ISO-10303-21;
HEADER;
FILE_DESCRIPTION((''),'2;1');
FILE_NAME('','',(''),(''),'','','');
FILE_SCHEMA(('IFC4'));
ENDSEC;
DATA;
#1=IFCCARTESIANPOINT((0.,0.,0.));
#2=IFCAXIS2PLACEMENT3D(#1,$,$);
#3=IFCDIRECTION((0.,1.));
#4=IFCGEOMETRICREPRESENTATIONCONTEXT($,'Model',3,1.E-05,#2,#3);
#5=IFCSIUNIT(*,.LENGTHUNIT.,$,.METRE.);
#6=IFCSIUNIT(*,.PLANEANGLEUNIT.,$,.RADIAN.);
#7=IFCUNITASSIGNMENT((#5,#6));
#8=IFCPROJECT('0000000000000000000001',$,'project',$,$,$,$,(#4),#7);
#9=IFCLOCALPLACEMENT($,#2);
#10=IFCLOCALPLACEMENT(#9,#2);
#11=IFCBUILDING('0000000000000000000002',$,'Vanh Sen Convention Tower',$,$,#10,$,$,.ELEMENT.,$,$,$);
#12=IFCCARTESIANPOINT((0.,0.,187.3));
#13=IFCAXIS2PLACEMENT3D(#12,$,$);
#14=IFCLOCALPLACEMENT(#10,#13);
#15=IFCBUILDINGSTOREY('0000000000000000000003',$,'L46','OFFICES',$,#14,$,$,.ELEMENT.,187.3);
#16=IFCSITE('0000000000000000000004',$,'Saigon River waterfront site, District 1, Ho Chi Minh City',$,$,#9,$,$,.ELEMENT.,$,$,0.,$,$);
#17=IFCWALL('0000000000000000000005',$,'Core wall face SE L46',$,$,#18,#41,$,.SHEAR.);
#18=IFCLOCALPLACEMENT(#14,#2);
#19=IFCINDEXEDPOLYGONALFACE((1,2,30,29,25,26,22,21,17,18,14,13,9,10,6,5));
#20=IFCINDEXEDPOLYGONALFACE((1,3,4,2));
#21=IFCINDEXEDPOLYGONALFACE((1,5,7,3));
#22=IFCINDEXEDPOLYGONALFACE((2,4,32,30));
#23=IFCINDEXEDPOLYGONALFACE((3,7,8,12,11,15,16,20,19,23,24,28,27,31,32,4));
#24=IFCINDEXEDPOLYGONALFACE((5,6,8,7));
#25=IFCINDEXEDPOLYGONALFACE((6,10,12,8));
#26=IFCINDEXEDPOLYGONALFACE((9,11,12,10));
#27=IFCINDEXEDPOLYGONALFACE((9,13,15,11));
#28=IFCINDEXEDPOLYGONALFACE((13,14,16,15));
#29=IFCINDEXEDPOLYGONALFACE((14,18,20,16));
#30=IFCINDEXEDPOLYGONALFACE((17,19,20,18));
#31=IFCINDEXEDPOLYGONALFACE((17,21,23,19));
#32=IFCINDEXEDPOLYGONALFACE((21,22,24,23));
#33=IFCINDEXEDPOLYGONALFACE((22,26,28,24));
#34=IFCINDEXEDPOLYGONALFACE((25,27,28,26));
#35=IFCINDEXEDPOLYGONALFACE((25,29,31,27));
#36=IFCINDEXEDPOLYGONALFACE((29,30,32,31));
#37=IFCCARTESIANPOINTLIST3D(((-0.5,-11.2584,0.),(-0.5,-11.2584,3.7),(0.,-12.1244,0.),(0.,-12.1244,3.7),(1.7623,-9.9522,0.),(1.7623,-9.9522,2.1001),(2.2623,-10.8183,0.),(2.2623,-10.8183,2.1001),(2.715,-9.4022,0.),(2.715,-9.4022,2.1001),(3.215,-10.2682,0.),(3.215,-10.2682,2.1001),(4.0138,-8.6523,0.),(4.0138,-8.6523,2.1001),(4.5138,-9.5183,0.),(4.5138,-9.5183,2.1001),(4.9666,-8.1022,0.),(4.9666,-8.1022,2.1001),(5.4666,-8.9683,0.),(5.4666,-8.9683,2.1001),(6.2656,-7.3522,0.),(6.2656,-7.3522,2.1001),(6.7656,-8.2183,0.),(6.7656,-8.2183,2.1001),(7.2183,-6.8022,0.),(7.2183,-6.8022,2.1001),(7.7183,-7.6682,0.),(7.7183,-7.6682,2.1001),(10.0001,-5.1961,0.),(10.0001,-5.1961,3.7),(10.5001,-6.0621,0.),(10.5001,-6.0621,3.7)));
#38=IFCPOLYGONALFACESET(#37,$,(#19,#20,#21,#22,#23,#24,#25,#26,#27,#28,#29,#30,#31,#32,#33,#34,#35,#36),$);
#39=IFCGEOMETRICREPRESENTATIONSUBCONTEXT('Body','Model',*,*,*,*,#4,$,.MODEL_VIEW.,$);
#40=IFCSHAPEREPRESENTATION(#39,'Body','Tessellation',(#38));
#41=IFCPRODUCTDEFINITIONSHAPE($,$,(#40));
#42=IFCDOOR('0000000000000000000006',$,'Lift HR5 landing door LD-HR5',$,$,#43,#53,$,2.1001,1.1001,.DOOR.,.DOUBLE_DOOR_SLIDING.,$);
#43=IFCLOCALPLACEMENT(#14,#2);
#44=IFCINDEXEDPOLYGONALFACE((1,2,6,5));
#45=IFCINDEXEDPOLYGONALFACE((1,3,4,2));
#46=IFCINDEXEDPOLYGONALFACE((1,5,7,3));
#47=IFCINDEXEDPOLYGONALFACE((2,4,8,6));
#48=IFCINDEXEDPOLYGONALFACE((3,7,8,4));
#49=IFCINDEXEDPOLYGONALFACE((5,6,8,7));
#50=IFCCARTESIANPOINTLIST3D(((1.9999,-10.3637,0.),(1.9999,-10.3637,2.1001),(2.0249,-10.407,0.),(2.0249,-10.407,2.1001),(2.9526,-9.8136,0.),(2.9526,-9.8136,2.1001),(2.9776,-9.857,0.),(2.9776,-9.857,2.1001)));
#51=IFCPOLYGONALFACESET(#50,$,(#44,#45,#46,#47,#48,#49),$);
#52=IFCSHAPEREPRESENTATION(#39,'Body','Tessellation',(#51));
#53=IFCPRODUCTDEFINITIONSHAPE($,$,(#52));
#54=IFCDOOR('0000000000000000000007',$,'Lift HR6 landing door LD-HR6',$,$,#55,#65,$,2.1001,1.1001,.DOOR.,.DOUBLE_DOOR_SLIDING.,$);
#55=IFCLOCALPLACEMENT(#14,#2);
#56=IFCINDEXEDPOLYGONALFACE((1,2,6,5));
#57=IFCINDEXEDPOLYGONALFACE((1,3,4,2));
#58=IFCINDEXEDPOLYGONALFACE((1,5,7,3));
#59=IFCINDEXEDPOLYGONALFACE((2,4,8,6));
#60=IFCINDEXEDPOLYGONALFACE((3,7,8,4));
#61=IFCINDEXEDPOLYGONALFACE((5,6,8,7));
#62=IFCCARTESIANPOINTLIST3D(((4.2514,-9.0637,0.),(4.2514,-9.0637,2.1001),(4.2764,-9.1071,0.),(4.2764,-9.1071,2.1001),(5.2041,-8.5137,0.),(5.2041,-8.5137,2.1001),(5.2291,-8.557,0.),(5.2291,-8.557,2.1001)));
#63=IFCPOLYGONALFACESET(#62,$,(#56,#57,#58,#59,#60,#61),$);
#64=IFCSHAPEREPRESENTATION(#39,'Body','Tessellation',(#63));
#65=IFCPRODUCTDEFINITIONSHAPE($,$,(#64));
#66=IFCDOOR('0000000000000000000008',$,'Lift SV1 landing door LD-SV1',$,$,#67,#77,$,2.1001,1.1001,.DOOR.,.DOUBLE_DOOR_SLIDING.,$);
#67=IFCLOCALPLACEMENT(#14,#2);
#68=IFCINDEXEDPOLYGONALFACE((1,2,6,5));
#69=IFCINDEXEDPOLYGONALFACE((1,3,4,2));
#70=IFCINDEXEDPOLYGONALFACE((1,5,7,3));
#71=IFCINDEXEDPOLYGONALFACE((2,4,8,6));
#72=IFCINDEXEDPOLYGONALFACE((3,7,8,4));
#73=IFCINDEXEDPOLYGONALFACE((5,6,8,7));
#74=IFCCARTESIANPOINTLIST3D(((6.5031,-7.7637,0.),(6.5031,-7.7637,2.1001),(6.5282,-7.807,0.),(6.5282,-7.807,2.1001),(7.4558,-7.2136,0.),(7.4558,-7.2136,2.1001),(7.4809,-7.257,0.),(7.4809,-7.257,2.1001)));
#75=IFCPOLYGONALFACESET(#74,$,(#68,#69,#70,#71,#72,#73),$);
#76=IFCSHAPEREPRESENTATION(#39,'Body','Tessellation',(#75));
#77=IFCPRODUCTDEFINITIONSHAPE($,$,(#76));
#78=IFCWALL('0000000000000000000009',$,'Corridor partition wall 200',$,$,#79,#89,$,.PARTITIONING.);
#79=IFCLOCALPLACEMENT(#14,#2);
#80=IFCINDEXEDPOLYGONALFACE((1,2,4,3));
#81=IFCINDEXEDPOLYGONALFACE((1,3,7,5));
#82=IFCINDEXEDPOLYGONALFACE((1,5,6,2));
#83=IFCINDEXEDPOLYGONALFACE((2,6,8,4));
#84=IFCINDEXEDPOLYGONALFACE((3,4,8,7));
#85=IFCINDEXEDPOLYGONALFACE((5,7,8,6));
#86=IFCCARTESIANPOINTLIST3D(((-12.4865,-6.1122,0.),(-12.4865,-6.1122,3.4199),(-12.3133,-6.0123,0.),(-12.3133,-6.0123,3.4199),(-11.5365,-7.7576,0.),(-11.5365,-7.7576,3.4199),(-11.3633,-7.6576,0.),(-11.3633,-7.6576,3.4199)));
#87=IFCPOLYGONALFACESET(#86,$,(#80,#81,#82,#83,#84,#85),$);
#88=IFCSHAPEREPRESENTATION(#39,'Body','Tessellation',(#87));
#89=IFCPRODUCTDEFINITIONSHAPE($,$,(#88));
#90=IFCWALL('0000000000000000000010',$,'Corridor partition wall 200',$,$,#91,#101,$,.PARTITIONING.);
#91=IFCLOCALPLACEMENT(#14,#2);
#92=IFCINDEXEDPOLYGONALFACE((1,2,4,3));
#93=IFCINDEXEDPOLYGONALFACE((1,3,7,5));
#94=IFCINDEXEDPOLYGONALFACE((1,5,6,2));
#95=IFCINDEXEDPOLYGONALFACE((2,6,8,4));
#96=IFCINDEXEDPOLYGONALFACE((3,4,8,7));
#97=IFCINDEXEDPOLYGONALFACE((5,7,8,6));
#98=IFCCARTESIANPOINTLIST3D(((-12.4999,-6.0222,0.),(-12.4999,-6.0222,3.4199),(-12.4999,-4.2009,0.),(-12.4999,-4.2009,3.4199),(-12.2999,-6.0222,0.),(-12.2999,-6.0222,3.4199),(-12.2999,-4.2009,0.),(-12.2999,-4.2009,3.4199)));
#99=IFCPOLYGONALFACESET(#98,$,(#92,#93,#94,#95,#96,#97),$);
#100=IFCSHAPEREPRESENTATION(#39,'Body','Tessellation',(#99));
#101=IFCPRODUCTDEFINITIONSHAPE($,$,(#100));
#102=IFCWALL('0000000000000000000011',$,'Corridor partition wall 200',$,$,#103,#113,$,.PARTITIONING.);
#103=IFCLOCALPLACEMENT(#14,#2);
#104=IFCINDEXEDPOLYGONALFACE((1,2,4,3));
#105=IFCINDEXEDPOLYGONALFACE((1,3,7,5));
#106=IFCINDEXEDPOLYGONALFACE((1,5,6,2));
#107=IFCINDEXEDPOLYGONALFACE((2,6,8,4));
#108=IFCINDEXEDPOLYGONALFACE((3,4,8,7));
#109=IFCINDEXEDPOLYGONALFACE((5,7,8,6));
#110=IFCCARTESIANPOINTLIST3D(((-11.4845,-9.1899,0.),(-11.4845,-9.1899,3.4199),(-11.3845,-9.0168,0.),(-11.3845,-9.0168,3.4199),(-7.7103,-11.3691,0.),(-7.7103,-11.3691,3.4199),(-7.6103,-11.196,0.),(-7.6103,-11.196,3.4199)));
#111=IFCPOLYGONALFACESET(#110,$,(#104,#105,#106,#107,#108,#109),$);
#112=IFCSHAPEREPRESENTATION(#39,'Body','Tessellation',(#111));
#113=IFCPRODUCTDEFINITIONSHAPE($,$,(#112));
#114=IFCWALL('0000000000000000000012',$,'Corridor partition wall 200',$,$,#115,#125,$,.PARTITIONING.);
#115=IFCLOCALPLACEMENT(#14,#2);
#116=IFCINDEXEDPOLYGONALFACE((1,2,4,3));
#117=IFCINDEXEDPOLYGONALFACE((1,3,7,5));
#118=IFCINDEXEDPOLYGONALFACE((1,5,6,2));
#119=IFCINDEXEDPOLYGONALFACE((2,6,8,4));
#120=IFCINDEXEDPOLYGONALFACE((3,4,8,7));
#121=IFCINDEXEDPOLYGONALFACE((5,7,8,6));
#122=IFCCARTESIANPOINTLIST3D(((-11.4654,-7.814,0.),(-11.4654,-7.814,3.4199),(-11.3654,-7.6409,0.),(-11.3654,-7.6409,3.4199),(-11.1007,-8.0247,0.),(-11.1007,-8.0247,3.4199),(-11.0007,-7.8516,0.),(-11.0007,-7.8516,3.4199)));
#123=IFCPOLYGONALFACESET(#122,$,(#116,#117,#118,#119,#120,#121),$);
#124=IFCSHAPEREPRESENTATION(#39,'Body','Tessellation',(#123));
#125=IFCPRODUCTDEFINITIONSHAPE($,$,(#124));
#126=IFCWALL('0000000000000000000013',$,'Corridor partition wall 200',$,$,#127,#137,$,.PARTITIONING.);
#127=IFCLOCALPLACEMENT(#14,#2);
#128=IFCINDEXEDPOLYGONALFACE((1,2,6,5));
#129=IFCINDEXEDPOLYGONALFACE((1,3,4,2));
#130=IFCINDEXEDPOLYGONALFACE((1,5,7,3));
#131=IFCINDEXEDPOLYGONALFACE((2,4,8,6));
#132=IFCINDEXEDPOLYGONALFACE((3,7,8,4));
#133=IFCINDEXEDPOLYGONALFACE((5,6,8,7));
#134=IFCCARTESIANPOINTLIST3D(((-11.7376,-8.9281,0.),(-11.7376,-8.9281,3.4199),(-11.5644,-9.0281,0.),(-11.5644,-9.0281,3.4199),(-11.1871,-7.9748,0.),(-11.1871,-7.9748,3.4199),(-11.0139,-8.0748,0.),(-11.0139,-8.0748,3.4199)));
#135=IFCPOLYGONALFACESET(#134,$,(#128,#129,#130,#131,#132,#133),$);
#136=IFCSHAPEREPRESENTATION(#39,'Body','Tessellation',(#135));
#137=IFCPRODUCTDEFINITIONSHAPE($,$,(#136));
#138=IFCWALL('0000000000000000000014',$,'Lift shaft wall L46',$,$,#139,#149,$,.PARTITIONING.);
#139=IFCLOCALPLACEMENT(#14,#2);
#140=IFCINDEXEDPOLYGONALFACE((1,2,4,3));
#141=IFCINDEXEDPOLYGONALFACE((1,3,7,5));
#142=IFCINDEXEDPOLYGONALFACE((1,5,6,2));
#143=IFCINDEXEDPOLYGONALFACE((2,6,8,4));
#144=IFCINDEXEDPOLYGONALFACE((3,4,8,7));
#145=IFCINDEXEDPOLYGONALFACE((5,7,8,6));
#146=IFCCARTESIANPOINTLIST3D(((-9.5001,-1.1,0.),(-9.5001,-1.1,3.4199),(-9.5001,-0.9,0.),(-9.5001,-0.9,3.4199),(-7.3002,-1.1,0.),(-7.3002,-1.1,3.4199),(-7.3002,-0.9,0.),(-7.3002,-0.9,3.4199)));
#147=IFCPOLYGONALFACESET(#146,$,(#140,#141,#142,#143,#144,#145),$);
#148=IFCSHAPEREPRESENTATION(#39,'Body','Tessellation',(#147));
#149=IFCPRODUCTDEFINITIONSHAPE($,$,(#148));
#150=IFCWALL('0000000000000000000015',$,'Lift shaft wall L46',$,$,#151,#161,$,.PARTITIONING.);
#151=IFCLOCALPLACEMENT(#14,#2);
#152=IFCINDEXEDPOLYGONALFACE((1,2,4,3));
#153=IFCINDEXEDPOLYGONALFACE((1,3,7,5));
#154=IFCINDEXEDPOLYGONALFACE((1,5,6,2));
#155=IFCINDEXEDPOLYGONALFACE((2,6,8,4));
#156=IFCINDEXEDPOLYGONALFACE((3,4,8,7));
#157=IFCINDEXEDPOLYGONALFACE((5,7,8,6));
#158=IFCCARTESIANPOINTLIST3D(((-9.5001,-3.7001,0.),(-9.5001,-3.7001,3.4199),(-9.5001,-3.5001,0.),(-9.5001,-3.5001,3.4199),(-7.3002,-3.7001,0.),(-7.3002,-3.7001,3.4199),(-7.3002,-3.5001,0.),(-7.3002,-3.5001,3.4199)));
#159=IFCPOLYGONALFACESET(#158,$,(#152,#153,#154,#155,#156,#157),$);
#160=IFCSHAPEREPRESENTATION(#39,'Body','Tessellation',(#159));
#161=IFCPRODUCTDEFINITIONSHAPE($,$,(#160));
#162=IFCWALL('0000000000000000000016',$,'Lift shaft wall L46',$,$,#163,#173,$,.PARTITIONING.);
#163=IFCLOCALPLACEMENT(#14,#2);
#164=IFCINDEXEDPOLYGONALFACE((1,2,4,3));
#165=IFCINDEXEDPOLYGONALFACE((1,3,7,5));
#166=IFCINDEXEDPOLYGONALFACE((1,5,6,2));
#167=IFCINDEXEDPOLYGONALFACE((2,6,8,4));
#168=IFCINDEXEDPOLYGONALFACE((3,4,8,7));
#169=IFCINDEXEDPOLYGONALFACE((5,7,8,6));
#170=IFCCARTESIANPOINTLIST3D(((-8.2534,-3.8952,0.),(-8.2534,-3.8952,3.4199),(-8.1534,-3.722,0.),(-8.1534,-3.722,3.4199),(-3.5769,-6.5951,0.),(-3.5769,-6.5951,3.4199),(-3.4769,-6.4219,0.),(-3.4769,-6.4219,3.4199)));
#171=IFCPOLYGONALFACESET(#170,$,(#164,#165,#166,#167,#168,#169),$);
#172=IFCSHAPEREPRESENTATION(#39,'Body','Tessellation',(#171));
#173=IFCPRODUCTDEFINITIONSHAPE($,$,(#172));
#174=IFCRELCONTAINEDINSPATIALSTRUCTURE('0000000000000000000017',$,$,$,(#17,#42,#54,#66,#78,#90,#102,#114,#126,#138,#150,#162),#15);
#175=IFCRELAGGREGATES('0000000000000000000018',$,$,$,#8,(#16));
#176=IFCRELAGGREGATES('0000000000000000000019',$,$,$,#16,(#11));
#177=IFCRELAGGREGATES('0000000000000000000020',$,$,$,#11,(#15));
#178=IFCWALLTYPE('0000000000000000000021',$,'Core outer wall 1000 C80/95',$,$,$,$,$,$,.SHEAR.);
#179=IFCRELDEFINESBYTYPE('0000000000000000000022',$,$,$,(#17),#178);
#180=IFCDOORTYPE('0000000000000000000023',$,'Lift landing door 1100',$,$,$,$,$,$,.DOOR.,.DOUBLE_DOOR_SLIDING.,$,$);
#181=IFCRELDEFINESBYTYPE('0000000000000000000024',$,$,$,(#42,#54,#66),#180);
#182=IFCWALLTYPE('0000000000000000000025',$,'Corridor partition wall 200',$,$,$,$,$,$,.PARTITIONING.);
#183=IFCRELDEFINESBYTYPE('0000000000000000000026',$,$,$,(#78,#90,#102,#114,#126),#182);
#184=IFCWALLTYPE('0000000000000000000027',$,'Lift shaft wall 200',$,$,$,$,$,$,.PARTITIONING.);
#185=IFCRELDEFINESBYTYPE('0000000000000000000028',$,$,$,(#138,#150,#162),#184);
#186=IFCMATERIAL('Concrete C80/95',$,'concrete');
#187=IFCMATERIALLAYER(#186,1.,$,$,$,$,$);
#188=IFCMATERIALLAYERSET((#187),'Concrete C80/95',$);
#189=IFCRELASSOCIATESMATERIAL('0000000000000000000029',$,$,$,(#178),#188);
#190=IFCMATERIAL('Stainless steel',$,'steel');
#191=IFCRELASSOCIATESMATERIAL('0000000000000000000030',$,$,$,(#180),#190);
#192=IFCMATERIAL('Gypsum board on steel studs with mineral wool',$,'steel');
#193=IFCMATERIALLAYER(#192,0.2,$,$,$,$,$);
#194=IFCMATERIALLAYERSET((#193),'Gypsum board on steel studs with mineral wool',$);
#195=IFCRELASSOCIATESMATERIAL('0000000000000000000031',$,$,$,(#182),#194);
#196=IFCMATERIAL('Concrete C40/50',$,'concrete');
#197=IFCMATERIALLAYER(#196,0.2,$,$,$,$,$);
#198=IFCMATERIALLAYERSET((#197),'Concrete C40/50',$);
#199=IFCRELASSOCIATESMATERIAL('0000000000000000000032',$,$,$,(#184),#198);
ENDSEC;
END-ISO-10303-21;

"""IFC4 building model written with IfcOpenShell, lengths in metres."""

from ifc_helpers import new_model, si_unit, direction, frame, frame_2d, origin, place, context, subcontext, project, spatial, rectangle, extrude, material, layer, layer_set, type_object, element, fill, save


model = new_model("IFC4")

# Units and contexts
model_context = context("Model", 3, precision=1e-05, world=origin(), true_north=direction((0.0, 1.0)))
body_context = subcontext(model_context, "Body", "Model", "MODEL_VIEW")
ifc_project = project(units=[si_unit("LENGTHUNIT", "METRE"), si_unit("PLANEANGLEUNIT", "RADIAN")], contexts=[model_context])

# Site, building, storey
site_placement = place(None, origin())
site = spatial("IfcSite", under=ifc_project, at=site_placement, Name="Saigon River waterfront site, District 1, Ho Chi Minh City", CompositionType="ELEMENT", RefElevation=0.0)
building_placement = place(site_placement, origin())
building = spatial("IfcBuilding", under=site, at=building_placement, Name="Vanh Sen Convention Tower", CompositionType="ELEMENT")
storey_placement = place(building_placement, frame((0.0, 0.0, 187.3)))
storey = spatial("IfcBuildingStorey", under=building, at=storey_placement, Name="L46", Description="OFFICES", CompositionType="ELEMENT", Elevation=187.3)

# Shared definitions
ifc_material_1 = material(Name="Concrete C40/50", Category="concrete")

# Wall, openings, doors
ifc_material_2 = material(Name="Concrete C80/95", Category="concrete")
ifc_layer_1 = layer(ifc_material_2, 1.0)
ifc_layer_set_1 = layer_set([ifc_layer_1], Name="Concrete C80/95")
wall_type_1 = type_object("IfcWallType", Name="Core outer wall 1000 C80/95", PredefinedType="SHEAR", material=ifc_layer_set_1)
ifc_material_3 = material(Name="Stainless steel", Category="steel")
door_type_1 = type_object("IfcDoorType", Name="Lift landing door 1100", OperationType="DOUBLE_DOOR_SLIDING", PredefinedType="DOOR", material=ifc_material_3)
wall_1_placement = place(storey_placement, frame((-0.25, -11.6914, 0.0), z_axis=(0.0, 0.0, 1.0), x_axis=(0.866023, 0.500005, 0.0)))
wall_1 = element("IfcWall", 1, at=wall_1_placement, inside=storey, type_object=wall_type_1, Name="Core wall face SE L46", PredefinedType="SHEAR", context=body_context, shape_type="SweptSolid", body=[
    extrude(rectangle(XDim=12.1245, YDim=1.0, at=frame_2d((6.0623, 0.0))), origin(), (0.0, 0.0, 1.0), 3.7),
])
opening_1_placement = place(wall_1_placement, frame((2.6123, 0.0, 0.0)))
opening_1 = element("IfcOpeningElement", 2, at=opening_1_placement, cuts=wall_1, PredefinedType="OPENING", context=body_context, shape_type="SweptSolid", body=[
    extrude(rectangle(XDim=1.1001, YDim=2.1001, at=frame_2d((0.55, 1.05))), frame((0.0, 0.51, 0.0), z_axis=(0.0, -1.0, 0.0), x_axis=(1.0, 0.0, 0.0)), (0.0, 0.0, 1.0), 1.02),
])
opening_2_placement = place(wall_1_placement, frame((5.2122, 0.0, 0.0)))
opening_2 = element("IfcOpeningElement", 3, at=opening_2_placement, cuts=wall_1, PredefinedType="OPENING", context=body_context, shape_type="SweptSolid", body=[
    extrude(rectangle(XDim=1.1001, YDim=2.1001, at=frame_2d((0.55, 1.05))), frame((0.0, 0.51, 0.0), z_axis=(0.0, -1.0, 0.0), x_axis=(1.0, 0.0, 0.0)), (0.0, 0.0, 1.0), 1.02),
])
opening_3_placement = place(wall_1_placement, frame((7.8123, 0.0, 0.0)))
opening_3 = element("IfcOpeningElement", 4, at=opening_3_placement, cuts=wall_1, PredefinedType="OPENING", context=body_context, shape_type="SweptSolid", body=[
    extrude(rectangle(XDim=1.1001, YDim=2.1001, at=frame_2d((0.55, 1.05))), frame((0.0, 0.51, 0.0), z_axis=(0.0, -1.0, 0.0), x_axis=(1.0, 0.0, 0.0)), (0.0, 0.0, 1.0), 1.02),
])
door_1_placement = place(opening_1_placement, origin())
door_1 = element("IfcDoor", 5, at=door_1_placement, inside=storey, type_object=door_type_1, Name="Lift HR5 landing door LD-HR5", OperationType="DOUBLE_DOOR_SLIDING", OverallHeight=2.1001, OverallWidth=1.1001, PredefinedType="DOOR", context=body_context, shape_type="SweptSolid", body=[
    extrude(rectangle(XDim=1.1001, YDim=2.1001, at=frame_2d((0.55, 1.05))), frame((0.0, 0.0249, 0.0), z_axis=(0.0, -1.0, 0.0), x_axis=(1.0, 0.0, 0.0)), (0.0, 0.0, 1.0), 0.05),
])
fill(opening_1, door_1)
door_2_placement = place(opening_2_placement, origin())
door_2 = element("IfcDoor", 6, at=door_2_placement, inside=storey, type_object=door_type_1, Name="Lift HR6 landing door LD-HR6", OperationType="DOUBLE_DOOR_SLIDING", OverallHeight=2.1001, OverallWidth=1.1001, PredefinedType="DOOR", context=body_context, shape_type="SweptSolid", body=[
    extrude(rectangle(XDim=1.1001, YDim=2.1001, at=frame_2d((0.55, 1.05))), frame((0.0, 0.0249, 0.0), z_axis=(0.0, -1.0, 0.0), x_axis=(1.0, 0.0, 0.0)), (0.0, 0.0, 1.0), 0.05),
])
fill(opening_2, door_2)
door_3_placement = place(opening_3_placement, origin())
door_3 = element("IfcDoor", 7, at=door_3_placement, inside=storey, type_object=door_type_1, Name="Lift SV1 landing door LD-SV1", OperationType="DOUBLE_DOOR_SLIDING", OverallHeight=2.1001, OverallWidth=1.1001, PredefinedType="DOOR", context=body_context, shape_type="SweptSolid", body=[
    extrude(rectangle(XDim=1.1001, YDim=2.1001, at=frame_2d((0.55, 1.05))), frame((0.0, 0.0249, 0.0), z_axis=(0.0, -1.0, 0.0), x_axis=(1.0, 0.0, 0.0)), (0.0, 0.0, 1.0), 0.05),
])
fill(opening_3, door_3)

# Walls
ifc_material_4 = material(Name="Gypsum board on steel studs with mineral wool", Category="steel")
ifc_layer_2 = layer(ifc_material_4, 0.2)
ifc_layer_set_2 = layer_set([ifc_layer_2], Name="Gypsum board on steel studs with mineral wool")
wall_type_2 = type_object("IfcWallType", Name="Corridor partition wall 200", PredefinedType="PARTITIONING", material=ifc_layer_set_2)
wall_2_placement = place(storey_placement, frame((-12.3999, -6.0623, 0.0), z_axis=(0.0, 0.0, 1.0), x_axis=(0.500023, -0.866012, 0.0)))
element("IfcWall", 8, at=wall_2_placement, inside=storey, type_object=wall_type_2, Name="Corridor partition wall 200", PredefinedType="PARTITIONING", context=body_context, shape_type="SweptSolid", body=[
    extrude(rectangle(XDim=1.8999, YDim=0.2, at=frame_2d((0.95, 0.0))), origin(), (0.0, 0.0, 1.0), 3.4199),
])
wall_3_placement = place(storey_placement, frame((-12.3999, -4.2009, 0.0), z_axis=(0.0, 0.0, 1.0), x_axis=(0.0, -1.0, 0.0)))
element("IfcWall", 9, at=wall_3_placement, inside=storey, type_object=wall_type_2, Name="Corridor partition wall 200", PredefinedType="PARTITIONING", context=body_context, shape_type="SweptSolid", body=[
    extrude(rectangle(XDim=1.8213, YDim=0.2, at=frame_2d((0.9106, 0.0))), origin(), (0.0, 0.0, 1.0), 3.4199),
])
wall_4_placement = place(storey_placement, frame((-11.4346, -9.1033, 0.0), z_axis=(0.0, 0.0, 1.0), x_axis=(0.866007, -0.500031, 0.0)))
element("IfcWall", 10, at=wall_4_placement, inside=storey, type_object=wall_type_2, Name="Corridor partition wall 200", PredefinedType="PARTITIONING", context=body_context, shape_type="SweptSolid", body=[
    extrude(rectangle(XDim=4.3582, YDim=0.2, at=frame_2d((2.1792, 0.0))), origin(), (0.0, 0.0, 1.0), 3.4199),
])
wall_5_placement = place(storey_placement, frame((-11.4153, -7.7275, 0.0), z_axis=(0.0, 0.0, 1.0), x_axis=(0.865915, -0.500191, 0.0)))
element("IfcWall", 11, at=wall_5_placement, inside=storey, type_object=wall_type_2, Name="Corridor partition wall 200", PredefinedType="PARTITIONING", context=body_context, shape_type="SweptSolid", body=[
    extrude(rectangle(XDim=0.4211, YDim=0.2, at=frame_2d((0.2104, 0.0))), origin(), (0.0, 0.0, 1.0), 3.4199),
])
wall_6_placement = place(storey_placement, frame((-11.1006, -8.0249, 0.0), z_axis=(0.0, 0.0, 1.0), x_axis=(-0.500074, -0.865982, 0.0)))
element("IfcWall", 12, at=wall_6_placement, inside=storey, type_object=wall_type_2, Name="Corridor partition wall 200", PredefinedType="PARTITIONING", context=body_context, shape_type="SweptSolid", body=[
    extrude(rectangle(XDim=1.1008, YDim=0.2, at=frame_2d((0.5503, 0.0))), origin(), (0.0, 0.0, 1.0), 3.4199),
])
ifc_layer_3 = layer(ifc_material_1, 0.2)
ifc_layer_set_3 = layer_set([ifc_layer_3], Name="Concrete C40/50")
wall_type_3 = type_object("IfcWallType", Name="Lift shaft wall 200", PredefinedType="PARTITIONING", material=ifc_layer_set_3)
for number, where, z_axis, x_axis, name in (
    (13, (-7.3, -1.0, 0.0), (0.0, 0.0, 1.0), (-1.0, 0.0, 0.0), "Lift shaft wall L46"),
    (14, (-7.3, -3.6001, 0.0), (0.0, 0.0, 1.0), (-1.0, 0.0, 0.0), "Lift shaft wall L46"),
):
    element("IfcWall", number, at=place(storey_placement, frame(where, z_axis=z_axis, x_axis=x_axis)), inside=storey, type_object=wall_type_3, Name=name, PredefinedType="PARTITIONING", context=body_context, shape_type="SweptSolid", body=[
        extrude(rectangle(XDim=2.2, YDim=0.2, at=frame_2d((1.1001, 0.0))), origin(), (0.0, 0.0, 1.0), 3.4199),
    ])
wall_7_placement = place(storey_placement, frame((-8.2034, -3.8086, 0.0), z_axis=(0.0, 0.0, 1.0), x_axis=(0.866028, -0.499995, 0.0)))
element("IfcWall", 15, at=wall_7_placement, inside=storey, type_object=wall_type_3, Name="Lift shaft wall L46", PredefinedType="PARTITIONING", context=body_context, shape_type="SweptSolid", body=[
    extrude(rectangle(XDim=5.3999, YDim=0.2, at=frame_2d((2.7, 0.0))), origin(), (0.0, 0.0, 1.0), 3.4199),
])

save(model, "model.ifc")
